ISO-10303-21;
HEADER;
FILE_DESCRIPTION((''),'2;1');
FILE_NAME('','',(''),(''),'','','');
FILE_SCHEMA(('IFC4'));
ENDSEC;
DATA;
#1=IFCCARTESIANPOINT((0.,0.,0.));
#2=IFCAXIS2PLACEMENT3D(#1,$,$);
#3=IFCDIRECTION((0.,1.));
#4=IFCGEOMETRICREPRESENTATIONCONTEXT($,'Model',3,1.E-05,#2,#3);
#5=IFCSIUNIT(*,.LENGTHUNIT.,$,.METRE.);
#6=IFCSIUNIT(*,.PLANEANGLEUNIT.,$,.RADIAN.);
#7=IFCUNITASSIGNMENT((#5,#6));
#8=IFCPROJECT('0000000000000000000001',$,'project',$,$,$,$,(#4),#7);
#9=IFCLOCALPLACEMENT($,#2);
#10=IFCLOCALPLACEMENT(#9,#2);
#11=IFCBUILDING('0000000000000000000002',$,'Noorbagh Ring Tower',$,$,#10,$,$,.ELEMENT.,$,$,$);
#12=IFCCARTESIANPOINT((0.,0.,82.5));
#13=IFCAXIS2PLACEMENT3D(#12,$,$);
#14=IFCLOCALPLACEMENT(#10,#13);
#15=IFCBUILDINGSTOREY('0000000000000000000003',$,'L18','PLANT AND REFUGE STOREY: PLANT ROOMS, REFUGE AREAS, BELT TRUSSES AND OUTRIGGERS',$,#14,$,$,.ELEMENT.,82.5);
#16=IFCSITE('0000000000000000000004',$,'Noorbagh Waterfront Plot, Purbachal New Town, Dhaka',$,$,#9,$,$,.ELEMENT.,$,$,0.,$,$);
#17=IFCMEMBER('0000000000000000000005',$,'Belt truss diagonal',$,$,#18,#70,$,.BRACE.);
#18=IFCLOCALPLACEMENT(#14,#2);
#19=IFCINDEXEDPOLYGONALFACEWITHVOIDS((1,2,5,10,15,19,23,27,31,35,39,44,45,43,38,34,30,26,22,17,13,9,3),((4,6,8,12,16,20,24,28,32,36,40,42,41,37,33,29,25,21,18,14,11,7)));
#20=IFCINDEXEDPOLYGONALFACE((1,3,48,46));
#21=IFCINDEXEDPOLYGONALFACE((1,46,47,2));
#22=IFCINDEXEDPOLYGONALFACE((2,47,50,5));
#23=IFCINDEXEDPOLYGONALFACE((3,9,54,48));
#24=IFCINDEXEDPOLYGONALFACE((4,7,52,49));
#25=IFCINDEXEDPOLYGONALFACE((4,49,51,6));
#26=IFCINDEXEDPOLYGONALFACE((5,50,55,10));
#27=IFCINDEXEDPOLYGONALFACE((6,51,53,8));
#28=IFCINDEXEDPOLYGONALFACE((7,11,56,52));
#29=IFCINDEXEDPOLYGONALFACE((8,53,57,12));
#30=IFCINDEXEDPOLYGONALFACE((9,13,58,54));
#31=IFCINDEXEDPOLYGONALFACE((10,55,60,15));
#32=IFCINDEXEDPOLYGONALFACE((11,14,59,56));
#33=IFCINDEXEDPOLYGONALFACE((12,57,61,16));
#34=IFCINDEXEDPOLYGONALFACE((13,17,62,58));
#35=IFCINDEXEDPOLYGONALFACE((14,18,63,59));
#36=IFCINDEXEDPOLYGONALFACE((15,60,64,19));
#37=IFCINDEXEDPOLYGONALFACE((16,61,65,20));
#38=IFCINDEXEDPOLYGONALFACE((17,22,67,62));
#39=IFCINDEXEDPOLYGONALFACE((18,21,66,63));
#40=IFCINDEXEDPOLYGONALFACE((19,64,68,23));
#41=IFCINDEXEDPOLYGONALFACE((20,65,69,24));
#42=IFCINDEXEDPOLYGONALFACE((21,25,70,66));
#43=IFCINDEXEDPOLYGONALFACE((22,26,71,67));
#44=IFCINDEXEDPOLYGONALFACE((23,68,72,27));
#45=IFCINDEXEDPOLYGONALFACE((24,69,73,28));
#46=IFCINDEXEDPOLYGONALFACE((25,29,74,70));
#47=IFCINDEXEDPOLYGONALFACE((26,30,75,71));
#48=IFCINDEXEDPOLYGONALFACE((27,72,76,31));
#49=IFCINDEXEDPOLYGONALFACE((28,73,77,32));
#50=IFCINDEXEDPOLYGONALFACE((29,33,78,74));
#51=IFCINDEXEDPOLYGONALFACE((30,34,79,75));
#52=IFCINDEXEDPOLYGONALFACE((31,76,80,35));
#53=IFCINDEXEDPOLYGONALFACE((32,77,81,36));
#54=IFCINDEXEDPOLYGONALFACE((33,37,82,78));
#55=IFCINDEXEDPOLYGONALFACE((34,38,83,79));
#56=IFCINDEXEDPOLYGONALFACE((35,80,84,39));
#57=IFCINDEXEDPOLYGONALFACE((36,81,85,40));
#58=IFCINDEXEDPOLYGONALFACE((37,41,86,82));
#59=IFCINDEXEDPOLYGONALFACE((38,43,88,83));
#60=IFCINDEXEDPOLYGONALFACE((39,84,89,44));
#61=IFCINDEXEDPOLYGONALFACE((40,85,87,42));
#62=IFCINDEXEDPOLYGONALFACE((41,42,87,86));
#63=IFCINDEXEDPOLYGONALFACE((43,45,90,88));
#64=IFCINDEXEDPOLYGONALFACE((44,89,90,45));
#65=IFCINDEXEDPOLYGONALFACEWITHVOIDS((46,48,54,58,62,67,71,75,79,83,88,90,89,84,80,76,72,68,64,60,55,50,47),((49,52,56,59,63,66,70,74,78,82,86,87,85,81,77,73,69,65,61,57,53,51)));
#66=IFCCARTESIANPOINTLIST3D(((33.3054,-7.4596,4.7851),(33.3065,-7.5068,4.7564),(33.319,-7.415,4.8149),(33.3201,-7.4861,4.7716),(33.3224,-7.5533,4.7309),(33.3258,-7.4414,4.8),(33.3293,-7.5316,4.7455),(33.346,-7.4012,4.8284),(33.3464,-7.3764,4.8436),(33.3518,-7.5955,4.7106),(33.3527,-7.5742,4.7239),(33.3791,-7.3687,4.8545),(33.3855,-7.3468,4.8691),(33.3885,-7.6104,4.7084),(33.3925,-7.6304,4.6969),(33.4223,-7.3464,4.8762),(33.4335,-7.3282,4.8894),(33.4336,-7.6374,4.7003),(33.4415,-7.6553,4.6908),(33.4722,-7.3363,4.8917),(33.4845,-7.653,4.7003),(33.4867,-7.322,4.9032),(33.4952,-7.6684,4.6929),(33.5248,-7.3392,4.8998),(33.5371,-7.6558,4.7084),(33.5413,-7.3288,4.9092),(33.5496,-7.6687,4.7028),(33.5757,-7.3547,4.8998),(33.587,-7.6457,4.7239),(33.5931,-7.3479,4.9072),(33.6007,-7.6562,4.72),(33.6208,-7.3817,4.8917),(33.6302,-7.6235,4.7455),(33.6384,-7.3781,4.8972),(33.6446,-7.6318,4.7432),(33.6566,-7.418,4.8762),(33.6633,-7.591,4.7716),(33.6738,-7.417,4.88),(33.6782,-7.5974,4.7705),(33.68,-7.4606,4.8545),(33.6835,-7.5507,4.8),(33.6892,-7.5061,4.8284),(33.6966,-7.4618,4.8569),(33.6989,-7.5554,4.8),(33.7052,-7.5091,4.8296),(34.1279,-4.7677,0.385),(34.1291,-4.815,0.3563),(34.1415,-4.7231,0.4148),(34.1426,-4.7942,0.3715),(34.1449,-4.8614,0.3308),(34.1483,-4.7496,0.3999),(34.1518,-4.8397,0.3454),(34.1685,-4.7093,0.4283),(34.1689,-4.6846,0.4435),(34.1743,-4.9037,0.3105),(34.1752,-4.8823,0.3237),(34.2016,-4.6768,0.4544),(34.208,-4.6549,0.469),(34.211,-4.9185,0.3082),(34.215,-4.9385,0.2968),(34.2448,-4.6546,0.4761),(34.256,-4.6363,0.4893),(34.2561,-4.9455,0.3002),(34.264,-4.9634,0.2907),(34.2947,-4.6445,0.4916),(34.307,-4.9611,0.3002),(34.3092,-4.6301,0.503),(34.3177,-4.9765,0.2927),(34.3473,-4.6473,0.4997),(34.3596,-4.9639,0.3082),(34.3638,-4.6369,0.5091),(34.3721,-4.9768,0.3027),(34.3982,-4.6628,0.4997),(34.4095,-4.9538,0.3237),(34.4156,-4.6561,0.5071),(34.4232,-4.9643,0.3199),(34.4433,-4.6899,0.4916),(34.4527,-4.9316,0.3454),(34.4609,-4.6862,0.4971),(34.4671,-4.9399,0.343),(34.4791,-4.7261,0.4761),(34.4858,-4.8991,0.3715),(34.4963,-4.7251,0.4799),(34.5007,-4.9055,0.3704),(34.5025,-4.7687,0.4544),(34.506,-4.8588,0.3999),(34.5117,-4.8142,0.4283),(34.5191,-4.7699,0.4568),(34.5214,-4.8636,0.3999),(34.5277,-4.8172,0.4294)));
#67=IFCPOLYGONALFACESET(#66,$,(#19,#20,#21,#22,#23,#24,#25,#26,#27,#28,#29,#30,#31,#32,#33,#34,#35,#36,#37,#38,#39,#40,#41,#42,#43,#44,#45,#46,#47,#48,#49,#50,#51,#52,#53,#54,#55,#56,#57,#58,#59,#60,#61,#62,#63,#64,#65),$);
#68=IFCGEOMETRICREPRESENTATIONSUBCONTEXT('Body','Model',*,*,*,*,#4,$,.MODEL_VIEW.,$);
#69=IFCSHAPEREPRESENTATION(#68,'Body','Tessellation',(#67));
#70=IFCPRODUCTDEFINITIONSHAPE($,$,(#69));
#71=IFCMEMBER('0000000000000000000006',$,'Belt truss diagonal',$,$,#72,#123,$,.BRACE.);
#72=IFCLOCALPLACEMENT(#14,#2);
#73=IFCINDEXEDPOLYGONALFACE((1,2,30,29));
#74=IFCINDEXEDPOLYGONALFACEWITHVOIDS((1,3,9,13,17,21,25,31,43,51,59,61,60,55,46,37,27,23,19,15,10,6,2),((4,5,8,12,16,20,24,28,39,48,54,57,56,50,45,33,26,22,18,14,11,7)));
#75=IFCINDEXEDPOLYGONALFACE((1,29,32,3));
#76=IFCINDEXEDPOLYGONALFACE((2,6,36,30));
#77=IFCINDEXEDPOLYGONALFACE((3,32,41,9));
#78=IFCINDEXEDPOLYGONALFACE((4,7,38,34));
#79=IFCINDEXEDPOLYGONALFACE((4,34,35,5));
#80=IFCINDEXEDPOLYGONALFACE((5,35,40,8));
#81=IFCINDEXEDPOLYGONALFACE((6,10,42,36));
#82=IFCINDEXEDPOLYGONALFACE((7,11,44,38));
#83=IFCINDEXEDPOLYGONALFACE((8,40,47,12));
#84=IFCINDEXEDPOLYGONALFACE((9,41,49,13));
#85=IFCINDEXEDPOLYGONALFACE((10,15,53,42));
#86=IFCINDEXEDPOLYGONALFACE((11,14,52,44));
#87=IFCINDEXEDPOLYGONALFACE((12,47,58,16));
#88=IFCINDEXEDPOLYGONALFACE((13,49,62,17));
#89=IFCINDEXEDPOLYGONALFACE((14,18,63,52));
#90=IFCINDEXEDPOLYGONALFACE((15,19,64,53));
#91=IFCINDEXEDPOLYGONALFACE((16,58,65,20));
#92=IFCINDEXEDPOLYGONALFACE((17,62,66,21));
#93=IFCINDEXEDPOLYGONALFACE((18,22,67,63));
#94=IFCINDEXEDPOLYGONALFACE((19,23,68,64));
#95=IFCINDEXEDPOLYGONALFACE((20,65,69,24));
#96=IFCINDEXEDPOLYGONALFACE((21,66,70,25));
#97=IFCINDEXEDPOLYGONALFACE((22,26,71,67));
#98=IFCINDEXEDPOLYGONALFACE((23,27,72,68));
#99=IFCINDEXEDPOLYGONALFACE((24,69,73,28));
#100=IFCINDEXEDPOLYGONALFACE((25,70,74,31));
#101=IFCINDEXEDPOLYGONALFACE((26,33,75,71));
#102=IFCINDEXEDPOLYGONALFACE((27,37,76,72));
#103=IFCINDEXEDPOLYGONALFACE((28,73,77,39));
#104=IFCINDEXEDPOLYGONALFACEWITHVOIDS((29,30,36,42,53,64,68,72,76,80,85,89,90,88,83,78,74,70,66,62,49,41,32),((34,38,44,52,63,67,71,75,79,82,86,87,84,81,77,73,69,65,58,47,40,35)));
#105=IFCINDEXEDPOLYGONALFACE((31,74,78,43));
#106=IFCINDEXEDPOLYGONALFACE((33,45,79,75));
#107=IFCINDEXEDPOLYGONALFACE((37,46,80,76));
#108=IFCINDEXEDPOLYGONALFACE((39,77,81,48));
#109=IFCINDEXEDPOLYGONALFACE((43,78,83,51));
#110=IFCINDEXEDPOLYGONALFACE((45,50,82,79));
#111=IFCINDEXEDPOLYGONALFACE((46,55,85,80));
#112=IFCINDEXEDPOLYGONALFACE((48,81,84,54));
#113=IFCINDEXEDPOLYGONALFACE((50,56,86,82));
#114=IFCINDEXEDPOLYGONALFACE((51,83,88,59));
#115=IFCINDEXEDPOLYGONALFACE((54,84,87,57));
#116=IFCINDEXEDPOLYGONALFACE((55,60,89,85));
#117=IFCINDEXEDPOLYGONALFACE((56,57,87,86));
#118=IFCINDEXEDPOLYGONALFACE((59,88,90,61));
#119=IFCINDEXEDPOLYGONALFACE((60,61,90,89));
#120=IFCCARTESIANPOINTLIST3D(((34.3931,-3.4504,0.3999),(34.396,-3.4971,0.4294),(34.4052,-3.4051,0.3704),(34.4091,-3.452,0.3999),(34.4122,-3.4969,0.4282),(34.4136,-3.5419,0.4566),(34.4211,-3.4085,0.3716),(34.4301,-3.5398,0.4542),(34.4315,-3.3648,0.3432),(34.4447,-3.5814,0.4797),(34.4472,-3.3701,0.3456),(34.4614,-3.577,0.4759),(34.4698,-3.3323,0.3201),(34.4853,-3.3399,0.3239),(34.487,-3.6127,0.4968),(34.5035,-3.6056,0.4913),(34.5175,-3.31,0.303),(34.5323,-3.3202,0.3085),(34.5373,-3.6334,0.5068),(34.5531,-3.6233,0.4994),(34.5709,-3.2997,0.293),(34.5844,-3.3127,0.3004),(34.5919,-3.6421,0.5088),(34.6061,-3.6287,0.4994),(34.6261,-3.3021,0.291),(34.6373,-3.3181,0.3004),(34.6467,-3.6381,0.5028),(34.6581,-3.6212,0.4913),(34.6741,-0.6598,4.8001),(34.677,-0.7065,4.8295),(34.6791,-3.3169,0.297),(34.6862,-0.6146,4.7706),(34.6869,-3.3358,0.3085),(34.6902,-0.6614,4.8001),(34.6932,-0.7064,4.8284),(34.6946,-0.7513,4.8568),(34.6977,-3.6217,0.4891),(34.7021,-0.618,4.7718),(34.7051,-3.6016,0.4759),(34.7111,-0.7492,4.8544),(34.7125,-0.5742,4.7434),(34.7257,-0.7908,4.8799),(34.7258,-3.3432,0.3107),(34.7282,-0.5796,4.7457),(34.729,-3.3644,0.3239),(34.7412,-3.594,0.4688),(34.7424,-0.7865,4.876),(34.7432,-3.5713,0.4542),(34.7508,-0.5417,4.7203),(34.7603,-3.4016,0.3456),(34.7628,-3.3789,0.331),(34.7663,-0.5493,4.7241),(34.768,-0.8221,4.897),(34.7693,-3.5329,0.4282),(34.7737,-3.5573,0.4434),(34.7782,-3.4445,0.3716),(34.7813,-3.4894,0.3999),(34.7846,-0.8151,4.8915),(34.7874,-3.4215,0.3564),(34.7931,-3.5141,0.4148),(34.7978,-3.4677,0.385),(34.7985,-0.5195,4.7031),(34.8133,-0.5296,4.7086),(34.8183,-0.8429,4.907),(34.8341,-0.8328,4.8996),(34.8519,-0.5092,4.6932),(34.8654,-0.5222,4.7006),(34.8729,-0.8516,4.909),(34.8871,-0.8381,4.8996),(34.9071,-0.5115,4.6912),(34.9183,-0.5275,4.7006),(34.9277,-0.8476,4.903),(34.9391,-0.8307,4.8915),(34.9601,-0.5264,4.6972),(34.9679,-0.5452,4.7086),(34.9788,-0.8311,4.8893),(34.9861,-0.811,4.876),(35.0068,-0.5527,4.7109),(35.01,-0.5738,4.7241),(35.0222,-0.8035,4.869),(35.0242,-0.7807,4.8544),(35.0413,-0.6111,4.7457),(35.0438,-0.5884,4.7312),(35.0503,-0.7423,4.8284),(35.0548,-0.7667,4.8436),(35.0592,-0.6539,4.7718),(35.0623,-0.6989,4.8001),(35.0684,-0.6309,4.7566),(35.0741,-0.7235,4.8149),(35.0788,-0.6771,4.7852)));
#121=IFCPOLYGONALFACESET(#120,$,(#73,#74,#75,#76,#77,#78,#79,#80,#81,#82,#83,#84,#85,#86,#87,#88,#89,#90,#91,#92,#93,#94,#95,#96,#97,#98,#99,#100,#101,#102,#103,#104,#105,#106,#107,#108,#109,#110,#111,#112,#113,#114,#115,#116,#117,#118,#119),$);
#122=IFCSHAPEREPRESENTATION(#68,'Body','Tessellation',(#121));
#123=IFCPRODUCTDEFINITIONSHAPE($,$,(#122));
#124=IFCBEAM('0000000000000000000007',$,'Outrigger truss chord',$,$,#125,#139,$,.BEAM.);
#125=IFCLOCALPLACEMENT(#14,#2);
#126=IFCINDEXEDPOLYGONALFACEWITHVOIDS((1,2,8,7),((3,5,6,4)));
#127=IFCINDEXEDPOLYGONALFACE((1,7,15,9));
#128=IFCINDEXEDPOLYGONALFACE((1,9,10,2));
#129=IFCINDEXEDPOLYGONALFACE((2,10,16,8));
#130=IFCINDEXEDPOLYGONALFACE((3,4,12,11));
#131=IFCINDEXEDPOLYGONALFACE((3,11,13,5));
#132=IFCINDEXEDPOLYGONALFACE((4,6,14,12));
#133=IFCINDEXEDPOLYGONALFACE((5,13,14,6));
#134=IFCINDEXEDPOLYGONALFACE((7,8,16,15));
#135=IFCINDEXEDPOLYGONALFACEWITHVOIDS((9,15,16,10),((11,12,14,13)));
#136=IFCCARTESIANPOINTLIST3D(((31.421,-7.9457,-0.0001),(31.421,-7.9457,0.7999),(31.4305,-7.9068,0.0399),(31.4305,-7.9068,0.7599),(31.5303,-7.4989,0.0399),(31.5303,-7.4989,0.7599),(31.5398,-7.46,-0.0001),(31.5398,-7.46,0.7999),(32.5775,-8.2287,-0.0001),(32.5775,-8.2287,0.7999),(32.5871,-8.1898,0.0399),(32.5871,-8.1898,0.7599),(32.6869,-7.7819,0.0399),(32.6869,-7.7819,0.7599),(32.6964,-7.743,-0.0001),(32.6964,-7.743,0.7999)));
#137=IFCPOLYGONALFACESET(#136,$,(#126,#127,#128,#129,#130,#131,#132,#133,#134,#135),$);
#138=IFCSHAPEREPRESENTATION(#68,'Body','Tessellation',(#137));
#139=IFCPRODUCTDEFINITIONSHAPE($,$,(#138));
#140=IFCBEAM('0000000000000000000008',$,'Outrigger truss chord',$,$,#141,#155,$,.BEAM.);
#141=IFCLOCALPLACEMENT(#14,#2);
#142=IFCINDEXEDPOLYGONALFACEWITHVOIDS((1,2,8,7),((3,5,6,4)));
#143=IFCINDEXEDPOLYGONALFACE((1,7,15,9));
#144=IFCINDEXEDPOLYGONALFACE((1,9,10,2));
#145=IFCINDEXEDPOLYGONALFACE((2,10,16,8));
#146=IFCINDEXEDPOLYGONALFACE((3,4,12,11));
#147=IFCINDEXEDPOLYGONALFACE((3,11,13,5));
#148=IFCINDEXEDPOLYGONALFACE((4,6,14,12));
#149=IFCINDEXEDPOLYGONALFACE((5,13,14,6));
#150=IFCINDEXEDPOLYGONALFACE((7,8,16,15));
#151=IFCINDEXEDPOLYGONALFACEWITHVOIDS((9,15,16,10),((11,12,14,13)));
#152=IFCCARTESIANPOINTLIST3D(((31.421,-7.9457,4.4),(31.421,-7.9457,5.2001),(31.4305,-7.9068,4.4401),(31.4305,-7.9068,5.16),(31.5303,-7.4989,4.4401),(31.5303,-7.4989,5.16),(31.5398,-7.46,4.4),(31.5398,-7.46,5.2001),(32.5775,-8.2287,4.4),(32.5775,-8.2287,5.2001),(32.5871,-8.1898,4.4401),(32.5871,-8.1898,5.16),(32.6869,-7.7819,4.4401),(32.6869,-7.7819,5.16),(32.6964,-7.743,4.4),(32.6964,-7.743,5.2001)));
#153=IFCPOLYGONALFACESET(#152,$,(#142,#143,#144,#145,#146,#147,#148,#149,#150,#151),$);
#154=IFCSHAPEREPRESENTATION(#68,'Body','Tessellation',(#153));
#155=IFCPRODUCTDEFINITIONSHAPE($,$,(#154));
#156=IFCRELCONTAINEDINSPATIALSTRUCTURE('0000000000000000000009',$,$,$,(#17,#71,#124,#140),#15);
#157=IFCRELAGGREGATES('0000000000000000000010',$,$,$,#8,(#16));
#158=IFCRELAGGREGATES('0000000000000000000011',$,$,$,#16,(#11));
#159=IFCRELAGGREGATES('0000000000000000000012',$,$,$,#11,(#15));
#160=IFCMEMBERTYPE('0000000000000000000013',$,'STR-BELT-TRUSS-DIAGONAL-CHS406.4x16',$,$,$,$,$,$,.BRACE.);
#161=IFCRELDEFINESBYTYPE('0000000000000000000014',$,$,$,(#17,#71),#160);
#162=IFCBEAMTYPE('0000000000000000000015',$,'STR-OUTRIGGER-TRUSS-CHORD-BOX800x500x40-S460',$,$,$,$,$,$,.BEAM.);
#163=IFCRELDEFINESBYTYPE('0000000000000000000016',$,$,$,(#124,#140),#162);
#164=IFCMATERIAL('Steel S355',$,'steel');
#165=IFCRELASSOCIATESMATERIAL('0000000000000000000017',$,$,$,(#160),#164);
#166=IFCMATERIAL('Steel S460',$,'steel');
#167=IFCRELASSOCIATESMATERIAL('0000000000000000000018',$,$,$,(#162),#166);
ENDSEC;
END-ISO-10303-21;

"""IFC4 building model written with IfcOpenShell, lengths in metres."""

from ifc_helpers import new_model, si_unit, direction, frame, origin, origin_2d, place, context, subcontext, project, spatial, hollow_rectangle, hollow_circle, extrude, material, material_profile, profile_set, type_object, element, save


model = new_model("IFC4")

# Units and contexts
model_context = context("Model", 3, precision=1e-05, world=origin(), true_north=direction((0.0, 1.0)))
body_context = subcontext(model_context, "Body", "Model", "MODEL_VIEW")
ifc_project = project(units=[si_unit("LENGTHUNIT", "METRE"), si_unit("PLANEANGLEUNIT", "RADIAN")], contexts=[model_context])

# Site, building, storey
site_placement = place(None, origin())
site = spatial("IfcSite", under=ifc_project, at=site_placement, Name="Noorbagh Waterfront Plot, Purbachal New Town, Dhaka", CompositionType="ELEMENT", RefElevation=0.0)
building_placement = place(site_placement, origin())
building = spatial("IfcBuilding", under=site, at=building_placement, Name="Noorbagh Ring Tower", CompositionType="ELEMENT")
storey_placement = place(building_placement, frame((0.0, 0.0, 82.5)))
storey = spatial("IfcBuildingStorey", under=building, at=storey_placement, Name="L18", Description="PLANT AND REFUGE STOREY: PLANT ROOMS, REFUGE AREAS, BELT TRUSSES AND OUTRIGGERS", CompositionType="ELEMENT", Elevation=82.5)

# Members
ifc_material_1 = material(Name="Steel S355", Category="steel")
ifc_material_profile_1 = material_profile(ifc_material_1, hollow_circle(Radius=0.2031, WallThickness=0.0161, at=origin_2d()), Name="CHS406.4x16")
ifc_profile_set_1 = profile_set([ifc_material_profile_1], Name="Steel S355")
member_type_1 = type_object("IfcMemberType", Name="STR-BELT-TRUSS-DIAGONAL-CHS406.4x16", PredefinedType="BRACE", material=ifc_profile_set_1)
member_1_placement = place(storey_placement, frame((34.3271, -4.8042, 0.3999), z_axis=(-0.157466, -0.515351, 0.842388), x_axis=(0.956353, -0.292214, 0.0)))
element("IfcMember", 1, at=member_1_placement, inside=storey, type_object=member_type_1, Name="Belt truss diagonal", PredefinedType="BRACE", context=body_context, shape_type="SweptSolid", body=[
    extrude(hollow_circle(Radius=0.2031, WallThickness=0.0161, at=origin_2d()), origin(), (0.0, 0.0, 1.0), 5.2234),
])
member_2_placement = place(storey_placement, frame((34.5952, -3.4707, 0.3999), z_axis=(0.053853, 0.534791, 0.843267), x_axis=(-0.994968, 0.100193, 0.0)))
element("IfcMember", 2, at=member_2_placement, inside=storey, type_object=member_type_1, Name="Belt truss diagonal", PredefinedType="BRACE", context=body_context, shape_type="SweptSolid", body=[
    extrude(hollow_circle(Radius=0.2031, WallThickness=0.0161, at=origin_2d()), origin(), (0.0, 0.0, 1.0), 5.218),
])

# Beams
ifc_material_2 = material(Name="Steel S460", Category="steel")
ifc_material_profile_2 = material_profile(ifc_material_2, hollow_rectangle(XDim=0.5, YDim=0.8, WallThickness=0.04, at=origin_2d()), Name="BOX800x500x40")
ifc_profile_set_2 = profile_set([ifc_material_profile_2], Name="Steel S460")
beam_type_1 = type_object("IfcBeamType", Name="STR-OUTRIGGER-TRUSS-CHORD-BOX800x500x40-S460", PredefinedType="BEAM", material=ifc_profile_set_2)
for number, where, z_axis, x_axis, name in (
    (3, (32.637, -7.9858, 0.3999), (-0.971349, 0.237659, 0.0), (-0.237659, -0.971349, 0.0), "Outrigger truss chord"),
    (4, (32.637, -7.9858, 4.8), (-0.971349, 0.237659, 0.0), (-0.237659, -0.971349, 0.0), "Outrigger truss chord"),
):
    element("IfcBeam", number, at=place(storey_placement, frame(where, z_axis=z_axis, x_axis=x_axis)), inside=storey, type_object=beam_type_1, Name=name, PredefinedType="BEAM", context=body_context, shape_type="SweptSolid", body=[
        extrude(hollow_rectangle(XDim=0.5, YDim=0.8, WallThickness=0.04, at=origin_2d()), origin(), (0.0, 0.0, 1.0), 1.1907),
    ])

save(model, "model.ifc")
